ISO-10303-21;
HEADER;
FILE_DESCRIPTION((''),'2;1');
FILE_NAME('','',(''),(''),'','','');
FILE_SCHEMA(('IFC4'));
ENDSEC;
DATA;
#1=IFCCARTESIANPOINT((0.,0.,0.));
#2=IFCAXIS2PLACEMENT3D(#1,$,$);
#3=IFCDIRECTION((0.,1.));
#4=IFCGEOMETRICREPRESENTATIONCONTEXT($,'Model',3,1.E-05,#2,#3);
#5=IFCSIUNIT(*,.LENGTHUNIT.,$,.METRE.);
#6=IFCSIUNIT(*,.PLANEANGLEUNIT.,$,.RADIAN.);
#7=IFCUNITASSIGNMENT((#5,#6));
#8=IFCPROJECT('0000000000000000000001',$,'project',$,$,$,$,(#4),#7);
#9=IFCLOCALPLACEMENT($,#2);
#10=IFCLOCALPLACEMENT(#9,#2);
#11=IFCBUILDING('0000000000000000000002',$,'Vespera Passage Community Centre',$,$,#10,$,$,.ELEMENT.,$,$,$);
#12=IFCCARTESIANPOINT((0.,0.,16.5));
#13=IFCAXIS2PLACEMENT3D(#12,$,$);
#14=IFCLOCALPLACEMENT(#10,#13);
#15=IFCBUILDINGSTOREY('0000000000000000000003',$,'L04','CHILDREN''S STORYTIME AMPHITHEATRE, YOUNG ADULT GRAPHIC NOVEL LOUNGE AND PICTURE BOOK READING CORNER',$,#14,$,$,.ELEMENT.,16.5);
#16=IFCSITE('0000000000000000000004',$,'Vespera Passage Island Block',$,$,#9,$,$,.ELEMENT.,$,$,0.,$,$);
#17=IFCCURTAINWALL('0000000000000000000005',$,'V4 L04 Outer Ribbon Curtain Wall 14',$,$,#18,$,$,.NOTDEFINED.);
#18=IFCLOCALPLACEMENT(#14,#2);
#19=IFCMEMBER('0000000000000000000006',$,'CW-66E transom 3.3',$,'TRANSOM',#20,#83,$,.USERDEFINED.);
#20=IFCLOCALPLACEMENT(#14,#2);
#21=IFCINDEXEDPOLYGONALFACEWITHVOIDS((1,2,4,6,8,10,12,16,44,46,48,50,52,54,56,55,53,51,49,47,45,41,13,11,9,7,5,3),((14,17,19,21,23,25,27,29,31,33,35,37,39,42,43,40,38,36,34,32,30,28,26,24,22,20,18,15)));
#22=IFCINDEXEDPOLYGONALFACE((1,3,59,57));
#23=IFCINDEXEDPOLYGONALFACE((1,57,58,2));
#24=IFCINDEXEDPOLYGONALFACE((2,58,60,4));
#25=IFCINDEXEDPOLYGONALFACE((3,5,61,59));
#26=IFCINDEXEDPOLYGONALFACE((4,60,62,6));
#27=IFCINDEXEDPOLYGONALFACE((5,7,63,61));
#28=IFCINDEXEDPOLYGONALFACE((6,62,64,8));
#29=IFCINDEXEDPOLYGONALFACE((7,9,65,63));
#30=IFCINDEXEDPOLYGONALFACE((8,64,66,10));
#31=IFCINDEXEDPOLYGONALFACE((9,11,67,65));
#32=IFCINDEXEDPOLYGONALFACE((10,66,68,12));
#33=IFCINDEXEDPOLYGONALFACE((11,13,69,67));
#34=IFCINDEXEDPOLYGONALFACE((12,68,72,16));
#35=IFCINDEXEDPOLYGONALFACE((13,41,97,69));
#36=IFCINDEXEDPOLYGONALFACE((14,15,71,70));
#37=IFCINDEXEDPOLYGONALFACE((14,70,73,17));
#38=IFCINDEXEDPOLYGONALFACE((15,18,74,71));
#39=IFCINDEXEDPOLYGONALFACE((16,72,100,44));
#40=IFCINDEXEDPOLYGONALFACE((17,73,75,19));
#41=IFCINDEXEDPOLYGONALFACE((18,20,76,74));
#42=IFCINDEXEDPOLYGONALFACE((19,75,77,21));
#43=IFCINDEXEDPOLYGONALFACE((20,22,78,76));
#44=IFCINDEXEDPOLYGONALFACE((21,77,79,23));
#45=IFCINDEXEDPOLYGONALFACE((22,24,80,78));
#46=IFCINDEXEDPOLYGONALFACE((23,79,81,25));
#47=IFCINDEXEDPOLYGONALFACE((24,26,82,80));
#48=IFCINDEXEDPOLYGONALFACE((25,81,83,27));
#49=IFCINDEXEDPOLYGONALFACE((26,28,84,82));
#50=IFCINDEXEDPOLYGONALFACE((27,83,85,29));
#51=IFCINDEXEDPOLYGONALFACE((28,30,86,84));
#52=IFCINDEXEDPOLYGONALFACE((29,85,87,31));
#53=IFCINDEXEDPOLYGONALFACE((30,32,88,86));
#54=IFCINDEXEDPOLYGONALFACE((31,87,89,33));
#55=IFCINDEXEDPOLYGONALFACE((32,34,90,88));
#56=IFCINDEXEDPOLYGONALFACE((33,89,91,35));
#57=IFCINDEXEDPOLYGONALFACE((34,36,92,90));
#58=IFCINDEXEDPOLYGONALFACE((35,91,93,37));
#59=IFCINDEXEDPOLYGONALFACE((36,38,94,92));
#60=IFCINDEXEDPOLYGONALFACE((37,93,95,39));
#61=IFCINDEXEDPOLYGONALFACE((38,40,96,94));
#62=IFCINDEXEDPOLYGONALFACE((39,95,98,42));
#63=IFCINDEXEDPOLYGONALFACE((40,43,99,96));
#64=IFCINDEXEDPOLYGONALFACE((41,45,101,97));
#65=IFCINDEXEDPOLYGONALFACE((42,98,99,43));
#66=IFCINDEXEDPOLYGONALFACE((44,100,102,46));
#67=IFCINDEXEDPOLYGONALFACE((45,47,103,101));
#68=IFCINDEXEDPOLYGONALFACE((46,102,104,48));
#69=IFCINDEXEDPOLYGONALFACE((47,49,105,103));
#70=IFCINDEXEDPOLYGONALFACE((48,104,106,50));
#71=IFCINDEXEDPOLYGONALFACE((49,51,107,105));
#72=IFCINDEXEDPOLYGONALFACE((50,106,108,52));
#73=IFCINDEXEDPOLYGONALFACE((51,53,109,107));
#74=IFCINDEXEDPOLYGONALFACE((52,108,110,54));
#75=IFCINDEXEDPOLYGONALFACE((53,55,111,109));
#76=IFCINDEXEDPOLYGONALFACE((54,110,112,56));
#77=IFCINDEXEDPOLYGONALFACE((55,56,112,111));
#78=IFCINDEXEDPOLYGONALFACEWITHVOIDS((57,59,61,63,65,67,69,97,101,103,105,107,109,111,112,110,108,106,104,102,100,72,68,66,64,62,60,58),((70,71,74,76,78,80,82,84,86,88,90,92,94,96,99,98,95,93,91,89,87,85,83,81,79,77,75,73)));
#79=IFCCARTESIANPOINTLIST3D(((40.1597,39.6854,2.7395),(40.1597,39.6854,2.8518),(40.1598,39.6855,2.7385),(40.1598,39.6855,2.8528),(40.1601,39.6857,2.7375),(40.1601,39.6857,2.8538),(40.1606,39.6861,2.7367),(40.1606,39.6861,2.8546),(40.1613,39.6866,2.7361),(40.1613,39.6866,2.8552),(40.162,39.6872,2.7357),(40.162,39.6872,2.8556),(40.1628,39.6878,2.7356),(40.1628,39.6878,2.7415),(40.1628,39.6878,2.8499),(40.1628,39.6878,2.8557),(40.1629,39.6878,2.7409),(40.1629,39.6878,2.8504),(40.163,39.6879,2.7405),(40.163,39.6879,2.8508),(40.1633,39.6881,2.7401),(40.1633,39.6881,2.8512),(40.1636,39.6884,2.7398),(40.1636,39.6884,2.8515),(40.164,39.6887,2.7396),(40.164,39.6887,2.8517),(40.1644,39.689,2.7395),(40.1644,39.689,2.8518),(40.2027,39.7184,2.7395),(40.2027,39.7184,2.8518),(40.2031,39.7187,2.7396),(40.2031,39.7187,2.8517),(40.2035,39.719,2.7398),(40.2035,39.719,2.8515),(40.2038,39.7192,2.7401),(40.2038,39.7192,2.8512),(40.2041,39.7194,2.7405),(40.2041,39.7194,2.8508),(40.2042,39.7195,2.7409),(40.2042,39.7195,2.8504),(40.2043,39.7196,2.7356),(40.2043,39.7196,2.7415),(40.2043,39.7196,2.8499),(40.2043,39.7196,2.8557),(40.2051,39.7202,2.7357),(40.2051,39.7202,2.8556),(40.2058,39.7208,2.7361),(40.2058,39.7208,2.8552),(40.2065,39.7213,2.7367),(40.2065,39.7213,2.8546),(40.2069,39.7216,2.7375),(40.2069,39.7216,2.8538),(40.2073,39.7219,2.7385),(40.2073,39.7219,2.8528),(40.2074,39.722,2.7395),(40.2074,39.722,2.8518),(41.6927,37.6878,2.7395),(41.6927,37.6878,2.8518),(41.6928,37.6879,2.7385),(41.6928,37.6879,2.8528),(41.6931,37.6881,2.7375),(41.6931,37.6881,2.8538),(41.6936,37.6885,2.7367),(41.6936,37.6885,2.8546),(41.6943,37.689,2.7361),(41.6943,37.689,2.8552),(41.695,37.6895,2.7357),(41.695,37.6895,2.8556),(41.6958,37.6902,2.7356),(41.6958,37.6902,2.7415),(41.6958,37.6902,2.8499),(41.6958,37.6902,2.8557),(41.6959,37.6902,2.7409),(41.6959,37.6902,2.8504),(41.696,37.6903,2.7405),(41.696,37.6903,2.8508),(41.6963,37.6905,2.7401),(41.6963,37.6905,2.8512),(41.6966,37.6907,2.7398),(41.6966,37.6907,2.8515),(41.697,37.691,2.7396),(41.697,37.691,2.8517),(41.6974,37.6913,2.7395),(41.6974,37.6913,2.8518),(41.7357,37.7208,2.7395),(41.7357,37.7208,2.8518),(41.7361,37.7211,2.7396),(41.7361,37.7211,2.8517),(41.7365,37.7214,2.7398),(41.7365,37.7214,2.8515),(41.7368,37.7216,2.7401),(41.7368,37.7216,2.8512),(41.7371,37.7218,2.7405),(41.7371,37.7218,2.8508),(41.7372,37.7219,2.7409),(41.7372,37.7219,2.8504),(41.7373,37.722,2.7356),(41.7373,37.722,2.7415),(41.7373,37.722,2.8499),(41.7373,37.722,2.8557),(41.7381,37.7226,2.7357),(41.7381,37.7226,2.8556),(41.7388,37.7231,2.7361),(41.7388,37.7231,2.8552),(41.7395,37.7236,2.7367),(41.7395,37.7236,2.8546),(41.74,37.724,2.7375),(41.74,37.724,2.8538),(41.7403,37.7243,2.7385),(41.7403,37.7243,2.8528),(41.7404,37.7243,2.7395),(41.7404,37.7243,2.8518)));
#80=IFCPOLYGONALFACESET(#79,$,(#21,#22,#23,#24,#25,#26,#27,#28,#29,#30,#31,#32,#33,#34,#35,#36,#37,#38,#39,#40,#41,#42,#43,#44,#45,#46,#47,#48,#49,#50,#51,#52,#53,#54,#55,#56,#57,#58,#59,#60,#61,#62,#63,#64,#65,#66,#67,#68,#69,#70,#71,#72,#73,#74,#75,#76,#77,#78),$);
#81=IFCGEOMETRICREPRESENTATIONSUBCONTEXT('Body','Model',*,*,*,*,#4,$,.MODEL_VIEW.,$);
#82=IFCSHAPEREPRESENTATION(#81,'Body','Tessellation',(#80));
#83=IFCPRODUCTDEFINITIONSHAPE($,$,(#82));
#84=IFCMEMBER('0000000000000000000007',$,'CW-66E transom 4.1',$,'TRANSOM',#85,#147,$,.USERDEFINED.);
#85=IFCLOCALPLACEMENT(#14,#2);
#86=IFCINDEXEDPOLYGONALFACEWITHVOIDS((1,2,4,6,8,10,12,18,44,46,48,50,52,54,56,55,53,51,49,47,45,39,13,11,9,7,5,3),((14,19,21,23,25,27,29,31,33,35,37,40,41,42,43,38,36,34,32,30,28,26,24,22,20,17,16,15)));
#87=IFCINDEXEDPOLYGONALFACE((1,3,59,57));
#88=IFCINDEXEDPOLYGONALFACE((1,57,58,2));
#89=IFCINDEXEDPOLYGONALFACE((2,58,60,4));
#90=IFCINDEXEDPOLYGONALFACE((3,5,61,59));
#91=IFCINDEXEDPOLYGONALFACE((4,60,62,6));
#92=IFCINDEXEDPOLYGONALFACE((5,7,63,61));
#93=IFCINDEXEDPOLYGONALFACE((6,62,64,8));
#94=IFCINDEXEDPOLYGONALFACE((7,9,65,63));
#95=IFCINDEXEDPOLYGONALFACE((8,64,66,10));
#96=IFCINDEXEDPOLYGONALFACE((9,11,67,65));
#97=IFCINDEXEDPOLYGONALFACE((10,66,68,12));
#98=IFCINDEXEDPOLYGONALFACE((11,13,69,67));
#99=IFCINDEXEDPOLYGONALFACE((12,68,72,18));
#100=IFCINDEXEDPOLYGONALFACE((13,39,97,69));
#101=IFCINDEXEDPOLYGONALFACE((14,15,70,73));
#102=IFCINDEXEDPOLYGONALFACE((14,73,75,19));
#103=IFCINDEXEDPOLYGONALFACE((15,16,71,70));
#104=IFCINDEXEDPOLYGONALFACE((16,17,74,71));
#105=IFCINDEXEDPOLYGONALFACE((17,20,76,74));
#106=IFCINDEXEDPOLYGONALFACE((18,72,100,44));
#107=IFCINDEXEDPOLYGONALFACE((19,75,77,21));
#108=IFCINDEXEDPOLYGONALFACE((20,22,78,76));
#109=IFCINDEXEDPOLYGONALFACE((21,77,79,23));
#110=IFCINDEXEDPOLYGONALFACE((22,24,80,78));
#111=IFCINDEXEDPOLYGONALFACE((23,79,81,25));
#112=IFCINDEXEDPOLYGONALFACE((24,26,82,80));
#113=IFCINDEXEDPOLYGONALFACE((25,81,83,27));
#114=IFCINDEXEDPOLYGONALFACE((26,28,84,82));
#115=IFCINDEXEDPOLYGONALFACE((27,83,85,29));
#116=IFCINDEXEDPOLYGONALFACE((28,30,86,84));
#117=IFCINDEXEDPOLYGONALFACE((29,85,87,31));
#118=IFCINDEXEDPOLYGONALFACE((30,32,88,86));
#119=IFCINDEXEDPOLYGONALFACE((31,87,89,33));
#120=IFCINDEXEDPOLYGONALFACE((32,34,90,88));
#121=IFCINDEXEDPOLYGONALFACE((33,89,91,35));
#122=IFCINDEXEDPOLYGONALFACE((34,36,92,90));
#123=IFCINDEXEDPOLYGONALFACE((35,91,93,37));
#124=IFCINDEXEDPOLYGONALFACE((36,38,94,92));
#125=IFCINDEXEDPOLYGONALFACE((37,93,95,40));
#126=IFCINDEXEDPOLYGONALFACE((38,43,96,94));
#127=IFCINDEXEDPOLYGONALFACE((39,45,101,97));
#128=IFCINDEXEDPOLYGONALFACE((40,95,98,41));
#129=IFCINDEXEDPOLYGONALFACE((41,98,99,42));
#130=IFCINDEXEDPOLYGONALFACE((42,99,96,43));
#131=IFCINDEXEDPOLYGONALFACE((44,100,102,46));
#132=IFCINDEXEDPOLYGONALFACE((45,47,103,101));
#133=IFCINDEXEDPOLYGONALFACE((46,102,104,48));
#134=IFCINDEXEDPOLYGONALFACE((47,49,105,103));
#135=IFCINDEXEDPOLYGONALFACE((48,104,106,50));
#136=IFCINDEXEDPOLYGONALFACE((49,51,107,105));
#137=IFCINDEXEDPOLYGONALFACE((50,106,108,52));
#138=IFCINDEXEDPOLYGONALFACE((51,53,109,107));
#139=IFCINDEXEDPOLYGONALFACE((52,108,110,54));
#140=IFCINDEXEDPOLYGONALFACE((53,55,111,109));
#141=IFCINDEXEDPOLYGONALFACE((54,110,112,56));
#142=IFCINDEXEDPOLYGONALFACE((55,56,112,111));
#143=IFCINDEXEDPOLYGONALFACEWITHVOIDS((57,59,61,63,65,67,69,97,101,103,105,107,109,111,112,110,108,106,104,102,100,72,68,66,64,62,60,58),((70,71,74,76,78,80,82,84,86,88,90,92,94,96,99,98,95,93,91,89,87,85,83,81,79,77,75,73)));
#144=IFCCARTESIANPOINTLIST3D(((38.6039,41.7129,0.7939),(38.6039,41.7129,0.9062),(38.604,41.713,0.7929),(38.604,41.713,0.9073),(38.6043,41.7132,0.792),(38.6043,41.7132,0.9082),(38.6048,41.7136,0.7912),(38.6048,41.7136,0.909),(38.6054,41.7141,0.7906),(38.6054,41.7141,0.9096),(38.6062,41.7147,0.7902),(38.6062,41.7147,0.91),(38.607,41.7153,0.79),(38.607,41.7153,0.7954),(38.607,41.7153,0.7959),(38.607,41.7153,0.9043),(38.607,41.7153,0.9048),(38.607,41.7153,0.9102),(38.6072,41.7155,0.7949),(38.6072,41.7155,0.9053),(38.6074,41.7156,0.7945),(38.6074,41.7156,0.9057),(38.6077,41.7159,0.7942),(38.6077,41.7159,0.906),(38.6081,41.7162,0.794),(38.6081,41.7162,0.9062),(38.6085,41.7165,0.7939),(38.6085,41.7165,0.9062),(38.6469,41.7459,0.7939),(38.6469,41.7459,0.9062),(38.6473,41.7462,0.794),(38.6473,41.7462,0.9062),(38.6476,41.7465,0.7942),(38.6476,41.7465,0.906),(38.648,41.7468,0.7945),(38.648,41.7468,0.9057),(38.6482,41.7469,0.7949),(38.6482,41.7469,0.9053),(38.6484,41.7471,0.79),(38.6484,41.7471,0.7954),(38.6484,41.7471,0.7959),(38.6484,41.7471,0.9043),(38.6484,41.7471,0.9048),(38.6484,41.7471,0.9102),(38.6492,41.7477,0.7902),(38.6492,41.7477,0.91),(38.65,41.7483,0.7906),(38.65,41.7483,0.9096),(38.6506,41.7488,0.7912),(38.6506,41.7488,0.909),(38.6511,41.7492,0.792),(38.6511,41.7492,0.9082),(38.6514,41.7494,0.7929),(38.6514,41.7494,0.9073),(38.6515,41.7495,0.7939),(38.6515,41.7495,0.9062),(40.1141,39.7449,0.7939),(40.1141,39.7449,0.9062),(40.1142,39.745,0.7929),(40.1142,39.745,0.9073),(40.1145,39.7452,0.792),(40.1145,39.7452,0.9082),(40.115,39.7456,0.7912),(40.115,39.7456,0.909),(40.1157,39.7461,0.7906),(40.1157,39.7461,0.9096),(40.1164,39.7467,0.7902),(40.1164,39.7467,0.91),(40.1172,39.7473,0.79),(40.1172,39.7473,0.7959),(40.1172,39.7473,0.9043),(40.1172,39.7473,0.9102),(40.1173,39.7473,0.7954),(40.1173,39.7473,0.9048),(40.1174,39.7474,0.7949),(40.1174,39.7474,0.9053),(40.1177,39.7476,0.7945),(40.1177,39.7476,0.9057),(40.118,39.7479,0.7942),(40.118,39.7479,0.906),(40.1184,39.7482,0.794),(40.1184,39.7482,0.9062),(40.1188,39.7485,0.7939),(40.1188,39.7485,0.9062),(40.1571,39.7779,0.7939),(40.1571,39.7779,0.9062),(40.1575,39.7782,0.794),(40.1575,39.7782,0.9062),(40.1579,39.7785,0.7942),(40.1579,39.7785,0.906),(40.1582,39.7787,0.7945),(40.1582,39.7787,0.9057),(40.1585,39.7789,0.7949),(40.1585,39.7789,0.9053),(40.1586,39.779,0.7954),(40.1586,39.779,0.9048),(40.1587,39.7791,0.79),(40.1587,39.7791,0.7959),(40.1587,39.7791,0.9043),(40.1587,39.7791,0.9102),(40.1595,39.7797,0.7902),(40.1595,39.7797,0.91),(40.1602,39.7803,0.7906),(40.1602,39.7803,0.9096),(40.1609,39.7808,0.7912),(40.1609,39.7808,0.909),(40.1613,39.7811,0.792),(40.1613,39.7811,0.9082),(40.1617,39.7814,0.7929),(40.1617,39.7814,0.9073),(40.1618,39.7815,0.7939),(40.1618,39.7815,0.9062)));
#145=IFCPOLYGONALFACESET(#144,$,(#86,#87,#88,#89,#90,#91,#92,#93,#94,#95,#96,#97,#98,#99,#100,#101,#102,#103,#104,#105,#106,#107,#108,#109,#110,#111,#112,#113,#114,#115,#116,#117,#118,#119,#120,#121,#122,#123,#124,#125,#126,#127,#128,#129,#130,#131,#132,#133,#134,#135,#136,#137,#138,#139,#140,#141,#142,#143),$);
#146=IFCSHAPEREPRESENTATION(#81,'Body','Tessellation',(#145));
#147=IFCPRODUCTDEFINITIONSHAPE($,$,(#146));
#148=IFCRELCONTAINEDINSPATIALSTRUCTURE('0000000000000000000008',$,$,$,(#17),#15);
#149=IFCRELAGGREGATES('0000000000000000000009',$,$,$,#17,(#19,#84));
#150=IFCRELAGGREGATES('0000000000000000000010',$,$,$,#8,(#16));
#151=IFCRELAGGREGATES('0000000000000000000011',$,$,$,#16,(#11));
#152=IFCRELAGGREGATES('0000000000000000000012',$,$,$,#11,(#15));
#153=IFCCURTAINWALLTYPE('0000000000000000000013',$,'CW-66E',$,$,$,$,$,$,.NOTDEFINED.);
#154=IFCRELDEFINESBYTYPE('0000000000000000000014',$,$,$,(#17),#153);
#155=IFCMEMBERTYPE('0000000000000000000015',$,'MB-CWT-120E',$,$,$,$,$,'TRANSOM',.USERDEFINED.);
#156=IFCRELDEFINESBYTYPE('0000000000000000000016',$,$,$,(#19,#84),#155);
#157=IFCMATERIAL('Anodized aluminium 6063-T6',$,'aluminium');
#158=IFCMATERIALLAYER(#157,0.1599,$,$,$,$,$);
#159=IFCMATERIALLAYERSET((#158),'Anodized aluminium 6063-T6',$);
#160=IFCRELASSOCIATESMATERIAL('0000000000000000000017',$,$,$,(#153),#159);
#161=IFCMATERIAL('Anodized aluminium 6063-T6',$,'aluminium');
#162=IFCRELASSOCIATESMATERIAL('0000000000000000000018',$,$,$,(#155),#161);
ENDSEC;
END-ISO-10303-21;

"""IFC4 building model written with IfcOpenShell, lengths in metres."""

from ifc_helpers import new_model, si_unit, direction, frame, origin, origin_2d, place, context, subcontext, project, spatial, hollow_rectangle, extrude, material, layer, layer_set, material_profile, profile_set, type_object, element, aggregate, save


model = new_model("IFC4")

# Units and contexts
model_context = context("Model", 3, precision=1e-05, world=origin(), true_north=direction((0.0, 1.0)))
body_context = subcontext(model_context, "Body", "Model", "MODEL_VIEW")
ifc_project = project(units=[si_unit("LENGTHUNIT", "METRE"), si_unit("PLANEANGLEUNIT", "RADIAN")], contexts=[model_context])

# Site, building, storey
site_placement = place(None, origin())
site = spatial("IfcSite", under=ifc_project, at=site_placement, Name="Vespera Passage Island Block", CompositionType="ELEMENT", RefElevation=0.0)
building_placement = place(site_placement, origin())
building = spatial("IfcBuilding", under=site, at=building_placement, Name="Vespera Passage Community Centre", CompositionType="ELEMENT")
storey_placement = place(building_placement, frame((0.0, 0.0, 16.5)))
storey = spatial("IfcBuildingStorey", under=building, at=storey_placement, Name="L04", Description="CHILDREN'S STORYTIME AMPHITHEATRE, YOUNG ADULT GRAPHIC NOVEL LOUNGE AND PICTURE BOOK READING CORNER", CompositionType="ELEMENT", Elevation=16.5)

# Curtain wall, members
ifc_material_1 = material(Name="Anodized aluminium 6063-T6", Category="aluminium")
ifc_layer_1 = layer(ifc_material_1, 0.1599)
ifc_layer_set_1 = layer_set([ifc_layer_1], Name="Anodized aluminium 6063-T6")
curtain_wall_type = type_object("IfcCurtainWallType", Name="CW-66E", PredefinedType="NOTDEFINED", material=ifc_layer_set_1)
curtain_wall_placement = place(storey_placement, origin())
curtain_wall = element("IfcCurtainWall", 1, at=curtain_wall_placement, inside=storey, type_object=curtain_wall_type, Name="V4 L04 Outer Ribbon Curtain Wall 14", PredefinedType="NOTDEFINED")
ifc_material_2 = material(Name="Anodized aluminium 6063-T6", Category="aluminium")
ifc_material_profile_1 = material_profile(ifc_material_2, hollow_rectangle(XDim=0.0601, YDim=0.1201, WallThickness=0.0039, InnerFilletRadius=0.002, OuterFilletRadius=0.0039, at=origin_2d()), Name="ALU120X60X4")
ifc_profile_set_1 = profile_set([ifc_material_profile_1], Name="Anodized aluminium 6063-T6")
member_type_1 = type_object("IfcMemberType", Name="MB-CWT-120E", ElementType="TRANSOM", PredefinedType="USERDEFINED", material=ifc_profile_set_1)
member_1_placement = place(storey_placement, frame((41.7166, 37.7061, 2.7957), z_axis=(-0.608806, 0.793319, 0.0), x_axis=(-0.793319, -0.608806, 0.0)))
member_1 = element("IfcMember", 2, at=member_1_placement, type_object=member_type_1, Name="CW-66E transom 3.3", ObjectType="TRANSOM", PredefinedType="USERDEFINED", context=body_context, shape_type="SweptSolid", body=[
    extrude(hollow_rectangle(XDim=0.0601, YDim=0.1201, WallThickness=0.0039, InnerFilletRadius=0.002, OuterFilletRadius=0.0039, at=origin_2d()), origin(), (0.0, 0.0, 1.0), 2.5181),
])
member_2_placement = place(storey_placement, frame((40.1379, 39.7632, 0.8501), z_axis=(-0.608797, 0.793326, 0.0), x_axis=(-0.793326, -0.608797, 0.0)))
member_2 = element("IfcMember", 3, at=member_2_placement, type_object=member_type_1, Name="CW-66E transom 4.1", ObjectType="TRANSOM", PredefinedType="USERDEFINED", context=body_context, shape_type="SweptSolid", body=[
    extrude(hollow_rectangle(XDim=0.0601, YDim=0.1201, WallThickness=0.0039, InnerFilletRadius=0.002, OuterFilletRadius=0.0039, at=origin_2d()), origin(), (0.0, 0.0, 1.0), 2.4807),
])
aggregate(curtain_wall, [member_1, member_2])

save(model, "model.ifc")
